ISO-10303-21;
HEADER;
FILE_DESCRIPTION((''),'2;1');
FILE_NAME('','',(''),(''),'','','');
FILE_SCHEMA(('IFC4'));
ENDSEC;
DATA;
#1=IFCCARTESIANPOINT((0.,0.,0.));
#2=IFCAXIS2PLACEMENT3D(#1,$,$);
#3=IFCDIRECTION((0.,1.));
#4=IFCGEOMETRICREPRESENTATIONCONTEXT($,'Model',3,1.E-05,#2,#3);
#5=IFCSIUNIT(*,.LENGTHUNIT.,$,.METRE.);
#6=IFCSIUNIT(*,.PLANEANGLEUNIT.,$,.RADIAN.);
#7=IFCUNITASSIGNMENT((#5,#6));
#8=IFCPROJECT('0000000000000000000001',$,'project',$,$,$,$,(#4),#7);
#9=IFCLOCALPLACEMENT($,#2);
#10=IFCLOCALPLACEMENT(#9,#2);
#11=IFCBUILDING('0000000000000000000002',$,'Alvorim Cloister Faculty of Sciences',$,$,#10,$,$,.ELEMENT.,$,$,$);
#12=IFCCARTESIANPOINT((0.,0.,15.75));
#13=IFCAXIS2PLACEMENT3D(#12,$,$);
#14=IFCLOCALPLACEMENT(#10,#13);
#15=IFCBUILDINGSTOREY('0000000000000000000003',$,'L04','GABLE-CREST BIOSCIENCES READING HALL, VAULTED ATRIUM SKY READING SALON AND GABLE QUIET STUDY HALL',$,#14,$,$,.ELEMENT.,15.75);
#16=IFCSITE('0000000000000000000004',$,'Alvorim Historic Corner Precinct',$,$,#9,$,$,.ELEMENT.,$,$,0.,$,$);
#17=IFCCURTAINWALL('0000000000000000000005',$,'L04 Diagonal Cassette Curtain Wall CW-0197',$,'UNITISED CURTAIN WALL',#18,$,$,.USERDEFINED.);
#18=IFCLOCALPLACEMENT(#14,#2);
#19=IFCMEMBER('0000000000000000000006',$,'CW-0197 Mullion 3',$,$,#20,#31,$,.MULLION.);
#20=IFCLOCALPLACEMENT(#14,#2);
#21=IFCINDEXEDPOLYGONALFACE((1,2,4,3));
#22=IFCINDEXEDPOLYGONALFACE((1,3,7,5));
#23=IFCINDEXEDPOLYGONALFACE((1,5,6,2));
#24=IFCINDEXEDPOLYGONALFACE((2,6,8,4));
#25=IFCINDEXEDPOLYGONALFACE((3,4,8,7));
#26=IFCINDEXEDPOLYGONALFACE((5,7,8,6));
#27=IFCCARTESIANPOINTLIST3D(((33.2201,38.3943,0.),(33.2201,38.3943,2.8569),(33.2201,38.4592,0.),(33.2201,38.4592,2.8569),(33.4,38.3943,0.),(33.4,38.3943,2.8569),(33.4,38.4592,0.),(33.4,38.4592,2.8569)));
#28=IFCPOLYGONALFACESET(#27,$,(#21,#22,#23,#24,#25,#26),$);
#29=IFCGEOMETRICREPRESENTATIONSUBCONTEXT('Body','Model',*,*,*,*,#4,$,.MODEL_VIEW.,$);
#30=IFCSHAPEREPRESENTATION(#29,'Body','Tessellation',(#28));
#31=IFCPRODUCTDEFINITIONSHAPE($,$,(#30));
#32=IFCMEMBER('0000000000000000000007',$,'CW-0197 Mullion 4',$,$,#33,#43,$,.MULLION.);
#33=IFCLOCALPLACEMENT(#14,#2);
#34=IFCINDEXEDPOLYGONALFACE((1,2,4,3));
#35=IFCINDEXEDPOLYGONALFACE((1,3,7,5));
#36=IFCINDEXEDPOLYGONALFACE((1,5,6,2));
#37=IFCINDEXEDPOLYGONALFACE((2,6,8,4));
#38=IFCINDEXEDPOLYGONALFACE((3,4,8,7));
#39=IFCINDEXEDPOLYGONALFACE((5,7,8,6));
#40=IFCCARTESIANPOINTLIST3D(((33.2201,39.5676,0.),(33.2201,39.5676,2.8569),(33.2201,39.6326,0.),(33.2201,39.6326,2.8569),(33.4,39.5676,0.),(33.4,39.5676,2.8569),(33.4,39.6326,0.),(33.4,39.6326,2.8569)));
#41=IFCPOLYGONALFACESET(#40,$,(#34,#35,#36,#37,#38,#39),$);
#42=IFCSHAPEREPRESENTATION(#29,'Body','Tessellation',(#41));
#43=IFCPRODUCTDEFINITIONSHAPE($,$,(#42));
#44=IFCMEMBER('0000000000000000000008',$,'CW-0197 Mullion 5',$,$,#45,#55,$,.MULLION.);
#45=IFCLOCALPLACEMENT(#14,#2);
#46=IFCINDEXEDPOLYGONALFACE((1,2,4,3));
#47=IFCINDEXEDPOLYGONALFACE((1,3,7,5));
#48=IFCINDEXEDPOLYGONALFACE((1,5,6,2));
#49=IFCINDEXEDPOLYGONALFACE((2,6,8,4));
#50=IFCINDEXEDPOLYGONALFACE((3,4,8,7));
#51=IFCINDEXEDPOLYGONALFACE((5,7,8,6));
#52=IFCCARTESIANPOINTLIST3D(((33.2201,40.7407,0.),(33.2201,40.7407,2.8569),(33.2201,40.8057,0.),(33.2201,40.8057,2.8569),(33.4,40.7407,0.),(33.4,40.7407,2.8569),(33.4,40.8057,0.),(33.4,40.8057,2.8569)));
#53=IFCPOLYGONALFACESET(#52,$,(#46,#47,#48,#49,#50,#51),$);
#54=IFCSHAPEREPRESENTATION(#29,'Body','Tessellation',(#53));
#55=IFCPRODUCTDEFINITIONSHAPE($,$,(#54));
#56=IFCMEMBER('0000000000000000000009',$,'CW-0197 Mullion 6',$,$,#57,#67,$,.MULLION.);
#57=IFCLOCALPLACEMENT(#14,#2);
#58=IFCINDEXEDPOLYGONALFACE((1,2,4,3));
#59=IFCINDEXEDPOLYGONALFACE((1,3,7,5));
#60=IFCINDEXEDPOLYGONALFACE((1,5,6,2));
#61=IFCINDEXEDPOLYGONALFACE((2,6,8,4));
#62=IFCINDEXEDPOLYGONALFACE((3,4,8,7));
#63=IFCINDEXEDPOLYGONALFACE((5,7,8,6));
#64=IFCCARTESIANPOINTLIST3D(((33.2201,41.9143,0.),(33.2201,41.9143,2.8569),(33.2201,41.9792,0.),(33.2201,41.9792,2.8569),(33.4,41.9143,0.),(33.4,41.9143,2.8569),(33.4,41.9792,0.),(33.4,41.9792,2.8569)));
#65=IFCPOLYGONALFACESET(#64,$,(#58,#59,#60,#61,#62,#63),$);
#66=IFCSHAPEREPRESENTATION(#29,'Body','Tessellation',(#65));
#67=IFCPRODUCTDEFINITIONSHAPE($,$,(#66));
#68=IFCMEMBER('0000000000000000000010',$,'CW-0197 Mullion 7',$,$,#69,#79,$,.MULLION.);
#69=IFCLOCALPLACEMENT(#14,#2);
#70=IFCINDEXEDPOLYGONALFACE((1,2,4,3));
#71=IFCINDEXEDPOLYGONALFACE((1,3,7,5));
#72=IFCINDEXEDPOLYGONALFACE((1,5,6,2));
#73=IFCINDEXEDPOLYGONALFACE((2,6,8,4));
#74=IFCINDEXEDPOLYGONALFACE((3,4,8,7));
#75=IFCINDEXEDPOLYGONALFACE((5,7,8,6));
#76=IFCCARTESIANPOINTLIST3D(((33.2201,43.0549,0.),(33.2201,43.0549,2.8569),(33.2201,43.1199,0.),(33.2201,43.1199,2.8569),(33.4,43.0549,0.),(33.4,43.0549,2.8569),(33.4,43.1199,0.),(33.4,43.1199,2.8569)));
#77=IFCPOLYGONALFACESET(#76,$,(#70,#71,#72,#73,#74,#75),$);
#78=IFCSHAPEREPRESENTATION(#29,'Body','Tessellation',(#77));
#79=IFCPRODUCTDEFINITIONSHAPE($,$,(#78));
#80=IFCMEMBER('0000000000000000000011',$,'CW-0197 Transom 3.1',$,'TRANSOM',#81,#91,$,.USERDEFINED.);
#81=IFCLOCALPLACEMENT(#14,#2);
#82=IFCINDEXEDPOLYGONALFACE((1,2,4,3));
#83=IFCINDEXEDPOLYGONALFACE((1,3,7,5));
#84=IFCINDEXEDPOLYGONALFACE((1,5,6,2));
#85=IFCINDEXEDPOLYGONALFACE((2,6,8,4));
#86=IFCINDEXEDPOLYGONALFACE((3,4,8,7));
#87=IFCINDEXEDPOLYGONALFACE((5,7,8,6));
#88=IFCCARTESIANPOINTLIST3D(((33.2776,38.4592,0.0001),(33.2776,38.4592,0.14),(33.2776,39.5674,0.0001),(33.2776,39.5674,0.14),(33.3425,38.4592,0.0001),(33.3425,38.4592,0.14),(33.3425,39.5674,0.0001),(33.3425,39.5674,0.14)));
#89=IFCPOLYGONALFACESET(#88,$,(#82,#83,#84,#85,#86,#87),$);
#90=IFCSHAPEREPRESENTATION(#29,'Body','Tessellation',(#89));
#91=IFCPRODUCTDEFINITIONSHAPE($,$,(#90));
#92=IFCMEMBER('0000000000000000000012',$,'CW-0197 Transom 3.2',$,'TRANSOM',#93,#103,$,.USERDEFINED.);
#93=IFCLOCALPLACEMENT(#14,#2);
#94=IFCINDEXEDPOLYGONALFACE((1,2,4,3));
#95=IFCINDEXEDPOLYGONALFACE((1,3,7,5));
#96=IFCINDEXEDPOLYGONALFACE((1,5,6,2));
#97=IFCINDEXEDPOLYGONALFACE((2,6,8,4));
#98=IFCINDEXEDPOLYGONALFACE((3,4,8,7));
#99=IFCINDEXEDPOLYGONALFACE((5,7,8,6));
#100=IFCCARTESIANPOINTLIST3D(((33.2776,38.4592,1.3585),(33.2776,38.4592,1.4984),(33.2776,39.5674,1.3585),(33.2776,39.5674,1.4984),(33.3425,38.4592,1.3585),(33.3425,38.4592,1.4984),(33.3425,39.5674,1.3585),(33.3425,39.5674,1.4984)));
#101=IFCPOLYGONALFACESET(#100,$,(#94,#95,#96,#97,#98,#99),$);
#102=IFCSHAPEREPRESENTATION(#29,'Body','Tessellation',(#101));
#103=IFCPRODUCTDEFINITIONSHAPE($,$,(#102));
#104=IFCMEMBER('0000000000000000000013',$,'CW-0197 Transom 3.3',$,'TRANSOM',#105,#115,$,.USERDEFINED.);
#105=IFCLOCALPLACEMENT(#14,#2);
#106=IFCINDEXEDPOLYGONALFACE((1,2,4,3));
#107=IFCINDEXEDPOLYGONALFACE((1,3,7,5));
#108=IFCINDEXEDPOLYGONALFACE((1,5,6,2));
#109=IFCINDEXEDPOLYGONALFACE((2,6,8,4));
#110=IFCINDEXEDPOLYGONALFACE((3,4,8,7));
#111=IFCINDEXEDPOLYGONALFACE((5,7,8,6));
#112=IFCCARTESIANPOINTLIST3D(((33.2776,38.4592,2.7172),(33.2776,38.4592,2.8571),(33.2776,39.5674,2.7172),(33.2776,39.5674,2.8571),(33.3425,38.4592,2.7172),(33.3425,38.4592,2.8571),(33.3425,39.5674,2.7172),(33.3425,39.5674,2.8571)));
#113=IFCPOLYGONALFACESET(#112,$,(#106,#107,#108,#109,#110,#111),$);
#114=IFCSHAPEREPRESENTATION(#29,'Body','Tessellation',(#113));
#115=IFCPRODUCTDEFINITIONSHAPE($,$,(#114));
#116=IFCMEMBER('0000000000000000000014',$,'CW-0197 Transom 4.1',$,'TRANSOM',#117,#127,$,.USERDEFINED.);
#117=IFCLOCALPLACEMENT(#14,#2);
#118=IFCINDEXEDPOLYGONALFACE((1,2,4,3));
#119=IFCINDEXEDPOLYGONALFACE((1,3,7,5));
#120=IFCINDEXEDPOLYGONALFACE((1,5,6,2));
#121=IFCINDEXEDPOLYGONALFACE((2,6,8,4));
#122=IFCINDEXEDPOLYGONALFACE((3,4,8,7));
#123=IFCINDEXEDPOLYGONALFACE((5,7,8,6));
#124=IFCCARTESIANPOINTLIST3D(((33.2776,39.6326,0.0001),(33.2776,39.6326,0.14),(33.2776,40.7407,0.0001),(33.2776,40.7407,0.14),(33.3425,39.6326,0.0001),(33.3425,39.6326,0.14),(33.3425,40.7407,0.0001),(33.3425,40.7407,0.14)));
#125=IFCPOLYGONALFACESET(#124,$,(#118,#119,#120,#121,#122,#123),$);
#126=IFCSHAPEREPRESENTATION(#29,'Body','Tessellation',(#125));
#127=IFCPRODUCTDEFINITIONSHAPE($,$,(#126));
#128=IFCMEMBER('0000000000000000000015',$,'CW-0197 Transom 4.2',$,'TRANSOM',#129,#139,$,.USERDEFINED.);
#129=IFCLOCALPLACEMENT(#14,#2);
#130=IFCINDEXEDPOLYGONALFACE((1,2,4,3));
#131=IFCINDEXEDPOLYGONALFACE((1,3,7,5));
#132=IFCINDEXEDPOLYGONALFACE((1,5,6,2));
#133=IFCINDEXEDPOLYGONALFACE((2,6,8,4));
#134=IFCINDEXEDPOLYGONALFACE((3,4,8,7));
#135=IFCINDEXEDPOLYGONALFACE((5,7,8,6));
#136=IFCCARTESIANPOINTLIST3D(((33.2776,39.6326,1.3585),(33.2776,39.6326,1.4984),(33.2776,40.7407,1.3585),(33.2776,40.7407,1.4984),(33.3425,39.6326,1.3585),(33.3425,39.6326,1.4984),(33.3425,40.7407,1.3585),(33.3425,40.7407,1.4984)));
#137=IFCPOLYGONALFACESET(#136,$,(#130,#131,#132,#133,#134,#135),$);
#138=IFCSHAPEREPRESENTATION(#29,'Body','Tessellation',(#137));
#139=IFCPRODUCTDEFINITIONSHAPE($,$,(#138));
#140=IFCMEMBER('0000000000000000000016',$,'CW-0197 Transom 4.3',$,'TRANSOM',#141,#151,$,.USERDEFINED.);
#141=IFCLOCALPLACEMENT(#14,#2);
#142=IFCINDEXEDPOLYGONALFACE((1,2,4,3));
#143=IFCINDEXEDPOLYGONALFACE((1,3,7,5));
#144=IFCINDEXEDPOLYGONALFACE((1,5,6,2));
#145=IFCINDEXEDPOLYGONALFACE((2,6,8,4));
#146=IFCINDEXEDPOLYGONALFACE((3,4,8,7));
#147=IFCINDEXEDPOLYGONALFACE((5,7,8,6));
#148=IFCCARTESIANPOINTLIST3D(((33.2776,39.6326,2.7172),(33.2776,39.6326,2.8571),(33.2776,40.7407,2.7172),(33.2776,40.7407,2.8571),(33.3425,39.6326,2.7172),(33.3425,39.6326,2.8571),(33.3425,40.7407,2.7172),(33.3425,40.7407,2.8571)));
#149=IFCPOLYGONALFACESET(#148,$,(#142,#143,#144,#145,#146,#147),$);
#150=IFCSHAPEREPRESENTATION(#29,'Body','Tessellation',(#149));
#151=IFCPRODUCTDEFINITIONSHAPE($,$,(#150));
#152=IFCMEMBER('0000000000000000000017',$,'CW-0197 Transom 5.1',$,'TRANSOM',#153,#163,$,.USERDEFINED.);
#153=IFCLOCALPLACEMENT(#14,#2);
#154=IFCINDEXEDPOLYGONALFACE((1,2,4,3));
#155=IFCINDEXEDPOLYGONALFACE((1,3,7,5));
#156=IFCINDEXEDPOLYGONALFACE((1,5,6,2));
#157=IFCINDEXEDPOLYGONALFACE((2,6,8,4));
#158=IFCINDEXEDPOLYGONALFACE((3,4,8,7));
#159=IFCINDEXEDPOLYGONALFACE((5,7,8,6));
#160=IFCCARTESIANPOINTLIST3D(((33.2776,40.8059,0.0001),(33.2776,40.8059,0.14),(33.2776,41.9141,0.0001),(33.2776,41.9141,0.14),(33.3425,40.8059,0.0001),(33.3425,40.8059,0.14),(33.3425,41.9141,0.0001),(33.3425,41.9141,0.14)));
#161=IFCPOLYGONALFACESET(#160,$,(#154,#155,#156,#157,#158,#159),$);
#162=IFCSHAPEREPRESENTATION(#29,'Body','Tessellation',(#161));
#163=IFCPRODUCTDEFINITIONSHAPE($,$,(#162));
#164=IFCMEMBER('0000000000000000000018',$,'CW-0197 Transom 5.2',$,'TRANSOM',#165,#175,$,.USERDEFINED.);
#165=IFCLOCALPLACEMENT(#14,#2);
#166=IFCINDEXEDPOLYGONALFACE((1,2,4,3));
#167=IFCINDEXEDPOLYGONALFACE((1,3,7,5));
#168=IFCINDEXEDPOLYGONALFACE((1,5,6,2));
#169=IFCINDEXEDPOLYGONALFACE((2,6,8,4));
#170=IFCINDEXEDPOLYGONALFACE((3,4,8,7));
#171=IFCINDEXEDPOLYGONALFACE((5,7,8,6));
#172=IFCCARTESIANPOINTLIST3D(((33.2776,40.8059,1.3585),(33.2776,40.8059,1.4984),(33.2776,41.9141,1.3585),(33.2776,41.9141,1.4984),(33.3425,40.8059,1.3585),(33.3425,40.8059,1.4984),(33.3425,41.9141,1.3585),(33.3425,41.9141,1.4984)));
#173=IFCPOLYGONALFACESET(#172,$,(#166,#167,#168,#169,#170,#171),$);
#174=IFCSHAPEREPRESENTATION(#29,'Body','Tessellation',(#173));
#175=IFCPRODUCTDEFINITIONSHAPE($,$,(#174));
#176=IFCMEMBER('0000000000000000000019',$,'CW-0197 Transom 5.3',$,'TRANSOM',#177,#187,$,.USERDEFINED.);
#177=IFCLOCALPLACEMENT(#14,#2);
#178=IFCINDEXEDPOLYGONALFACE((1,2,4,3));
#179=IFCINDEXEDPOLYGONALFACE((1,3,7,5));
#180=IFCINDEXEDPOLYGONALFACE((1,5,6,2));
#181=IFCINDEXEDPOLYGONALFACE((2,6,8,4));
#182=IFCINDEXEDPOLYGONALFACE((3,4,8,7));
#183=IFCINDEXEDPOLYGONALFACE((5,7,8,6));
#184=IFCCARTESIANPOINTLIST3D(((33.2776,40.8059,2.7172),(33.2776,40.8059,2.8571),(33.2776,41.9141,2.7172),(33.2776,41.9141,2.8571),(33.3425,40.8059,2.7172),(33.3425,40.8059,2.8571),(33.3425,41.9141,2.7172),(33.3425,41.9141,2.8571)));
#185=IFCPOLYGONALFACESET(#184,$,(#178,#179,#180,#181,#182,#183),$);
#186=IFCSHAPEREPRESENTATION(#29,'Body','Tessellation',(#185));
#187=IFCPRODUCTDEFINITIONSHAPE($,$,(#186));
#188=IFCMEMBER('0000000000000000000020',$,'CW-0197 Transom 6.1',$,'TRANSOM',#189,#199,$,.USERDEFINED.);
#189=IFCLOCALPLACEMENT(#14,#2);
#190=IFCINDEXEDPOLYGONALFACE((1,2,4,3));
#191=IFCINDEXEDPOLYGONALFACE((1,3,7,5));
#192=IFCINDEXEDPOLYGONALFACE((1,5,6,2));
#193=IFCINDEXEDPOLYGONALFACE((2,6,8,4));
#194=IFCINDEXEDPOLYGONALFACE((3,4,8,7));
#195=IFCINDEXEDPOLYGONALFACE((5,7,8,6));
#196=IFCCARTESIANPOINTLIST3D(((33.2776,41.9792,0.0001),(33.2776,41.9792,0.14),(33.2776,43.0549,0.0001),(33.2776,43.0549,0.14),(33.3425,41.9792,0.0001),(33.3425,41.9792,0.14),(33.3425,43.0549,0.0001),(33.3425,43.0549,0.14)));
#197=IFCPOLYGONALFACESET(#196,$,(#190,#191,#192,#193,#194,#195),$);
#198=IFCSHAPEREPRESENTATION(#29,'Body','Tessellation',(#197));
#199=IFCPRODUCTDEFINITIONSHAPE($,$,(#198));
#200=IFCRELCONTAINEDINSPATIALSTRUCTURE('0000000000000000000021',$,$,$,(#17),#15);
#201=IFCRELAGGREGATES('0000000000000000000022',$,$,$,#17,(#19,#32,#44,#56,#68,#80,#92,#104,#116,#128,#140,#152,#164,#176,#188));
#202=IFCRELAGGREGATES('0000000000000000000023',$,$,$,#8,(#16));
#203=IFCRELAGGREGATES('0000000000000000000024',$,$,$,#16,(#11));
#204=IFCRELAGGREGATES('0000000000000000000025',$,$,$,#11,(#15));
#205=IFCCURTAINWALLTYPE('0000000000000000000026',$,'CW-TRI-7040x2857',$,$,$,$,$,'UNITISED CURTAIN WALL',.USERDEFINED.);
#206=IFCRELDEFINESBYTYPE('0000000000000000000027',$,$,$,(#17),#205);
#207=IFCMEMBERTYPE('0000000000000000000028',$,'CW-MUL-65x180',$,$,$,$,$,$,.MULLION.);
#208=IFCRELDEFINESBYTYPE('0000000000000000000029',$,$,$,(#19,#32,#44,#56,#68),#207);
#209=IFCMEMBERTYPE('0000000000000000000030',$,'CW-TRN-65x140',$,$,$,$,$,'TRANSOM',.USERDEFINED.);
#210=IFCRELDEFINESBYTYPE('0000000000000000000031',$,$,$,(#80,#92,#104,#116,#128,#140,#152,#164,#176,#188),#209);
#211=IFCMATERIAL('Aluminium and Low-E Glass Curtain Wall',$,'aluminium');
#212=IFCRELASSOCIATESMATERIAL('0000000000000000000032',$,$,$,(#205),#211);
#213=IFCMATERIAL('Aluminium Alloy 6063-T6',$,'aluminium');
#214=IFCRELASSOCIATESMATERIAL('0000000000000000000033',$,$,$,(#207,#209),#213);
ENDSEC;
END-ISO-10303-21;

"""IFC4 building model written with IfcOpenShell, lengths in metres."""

from ifc_helpers import new_model, si_unit, direction, frame, origin, origin_2d, place, context, subcontext, project, spatial, rectangle, extrude, material, material_profile, profile_set, type_object, element, aggregate, save


model = new_model("IFC4")

# Units and contexts
model_context = context("Model", 3, precision=1e-05, world=origin(), true_north=direction((0.0, 1.0)))
body_context = subcontext(model_context, "Body", "Model", "MODEL_VIEW")
ifc_project = project(units=[si_unit("LENGTHUNIT", "METRE"), si_unit("PLANEANGLEUNIT", "RADIAN")], contexts=[model_context])

# Site, building, storey
site_placement = place(None, origin())
site = spatial("IfcSite", under=ifc_project, at=site_placement, Name="Alvorim Historic Corner Precinct", CompositionType="ELEMENT", RefElevation=0.0)
building_placement = place(site_placement, origin())
building = spatial("IfcBuilding", under=site, at=building_placement, Name="Alvorim Cloister Faculty of Sciences", CompositionType="ELEMENT")
storey_placement = place(building_placement, frame((0.0, 0.0, 15.75)))
storey = spatial("IfcBuildingStorey", under=building, at=storey_placement, Name="L04", Description="GABLE-CREST BIOSCIENCES READING HALL, VAULTED ATRIUM SKY READING SALON AND GABLE QUIET STUDY HALL", CompositionType="ELEMENT", Elevation=15.75)

# Curtain wall, members
ifc_material_1 = material(Name="Aluminium and Low-E Glass Curtain Wall", Category="aluminium")
curtain_wall_type = type_object("IfcCurtainWallType", Name="CW-TRI-7040x2857", ElementType="UNITISED CURTAIN WALL", PredefinedType="USERDEFINED", material=ifc_material_1)
curtain_wall_placement = place(storey_placement, origin())
curtain_wall = element("IfcCurtainWall", 1, at=curtain_wall_placement, inside=storey, type_object=curtain_wall_type, Name="L04 Diagonal Cassette Curtain Wall CW-0197", ObjectType="UNITISED CURTAIN WALL", PredefinedType="USERDEFINED")
ifc_material_2 = material(Name="Aluminium Alloy 6063-T6", Category="aluminium")
ifc_material_profile_1 = material_profile(ifc_material_2, rectangle(XDim=0.0649, YDim=0.1799, at=origin_2d()), Name="ALU-MUL-65x180")
ifc_profile_set_1 = profile_set([ifc_material_profile_1], Name="Aluminium Alloy 6063-T6")
member_type_1 = type_object("IfcMemberType", Name="CW-MUL-65x180", PredefinedType="MULLION", material=ifc_profile_set_1)
member_1_placement = place(storey_placement, frame((33.3101, 38.4268, 0.0), z_axis=(0.0, 0.0, 1.0), x_axis=(0.0, 1.0, 0.0)))
member_1 = element("IfcMember", 2, at=member_1_placement, type_object=member_type_1, Name="CW-0197 Mullion 3", PredefinedType="MULLION", context=body_context, shape_type="SweptSolid", body=[
    extrude(rectangle(XDim=0.0649, YDim=0.1799, at=origin_2d()), origin(), (0.0, 0.0, 1.0), 2.8569),
])
member_2_placement = place(storey_placement, frame((33.3101, 39.6001, 0.0), z_axis=(0.0, 0.0, 1.0), x_axis=(0.0, 1.0, 0.0)))
member_2 = element("IfcMember", 3, at=member_2_placement, type_object=member_type_1, Name="CW-0197 Mullion 4", PredefinedType="MULLION", context=body_context, shape_type="SweptSolid", body=[
    extrude(rectangle(XDim=0.0649, YDim=0.1799, at=origin_2d()), origin(), (0.0, 0.0, 1.0), 2.8569),
])
member_3_placement = place(storey_placement, frame((33.3101, 40.7732, 0.0), z_axis=(0.0, 0.0, 1.0), x_axis=(0.0, 1.0, 0.0)))
member_3 = element("IfcMember", 4, at=member_3_placement, type_object=member_type_1, Name="CW-0197 Mullion 5", PredefinedType="MULLION", context=body_context, shape_type="SweptSolid", body=[
    extrude(rectangle(XDim=0.0649, YDim=0.1799, at=origin_2d()), origin(), (0.0, 0.0, 1.0), 2.8569),
])
member_4_placement = place(storey_placement, frame((33.3101, 41.9468, 0.0), z_axis=(0.0, 0.0, 1.0), x_axis=(0.0, 1.0, 0.0)))
member_4 = element("IfcMember", 5, at=member_4_placement, type_object=member_type_1, Name="CW-0197 Mullion 6", PredefinedType="MULLION", context=body_context, shape_type="SweptSolid", body=[
    extrude(rectangle(XDim=0.0649, YDim=0.1799, at=origin_2d()), origin(), (0.0, 0.0, 1.0), 2.8569),
])
member_5_placement = place(storey_placement, frame((33.3101, 43.0874, 0.0), z_axis=(0.0, 0.0, 1.0), x_axis=(0.0, 1.0, 0.0)))
member_5 = element("IfcMember", 6, at=member_5_placement, type_object=member_type_1, Name="CW-0197 Mullion 7", PredefinedType="MULLION", context=body_context, shape_type="SweptSolid", body=[
    extrude(rectangle(XDim=0.0649, YDim=0.1799, at=origin_2d()), origin(), (0.0, 0.0, 1.0), 2.8569),
])
ifc_material_profile_2 = material_profile(ifc_material_2, rectangle(XDim=0.0649, YDim=0.1399, at=origin_2d()), Name="ALU-TRN-65x140")
ifc_profile_set_2 = profile_set([ifc_material_profile_2], Name="Aluminium Alloy 6063-T6")
member_type_2 = type_object("IfcMemberType", Name="CW-TRN-65x140", ElementType="TRANSOM", PredefinedType="USERDEFINED", material=ifc_profile_set_2)
member_6_placement = place(storey_placement, frame((33.3101, 38.4592, 0.0701), z_axis=(0.0, 1.0, 0.0), x_axis=(-1.0, 0.0, 0.0)))
member_6 = element("IfcMember", 7, at=member_6_placement, type_object=member_type_2, Name="CW-0197 Transom 3.1", ObjectType="TRANSOM", PredefinedType="USERDEFINED", context=body_context, shape_type="SweptSolid", body=[
    extrude(rectangle(XDim=0.0649, YDim=0.1399, at=origin_2d()), origin(), (0.0, 0.0, 1.0), 1.1082),
])
member_7_placement = place(storey_placement, frame((33.3101, 38.4592, 1.4285), z_axis=(0.0, 1.0, 0.0), x_axis=(-1.0, 0.0, 0.0)))
member_7 = element("IfcMember", 8, at=member_7_placement, type_object=member_type_2, Name="CW-0197 Transom 3.2", ObjectType="TRANSOM", PredefinedType="USERDEFINED", context=body_context, shape_type="SweptSolid", body=[
    extrude(rectangle(XDim=0.0649, YDim=0.1399, at=origin_2d()), origin(), (0.0, 0.0, 1.0), 1.1082),
])
member_8_placement = place(storey_placement, frame((33.3101, 38.4592, 2.7871), z_axis=(0.0, 1.0, 0.0), x_axis=(-1.0, 0.0, 0.0)))
member_8 = element("IfcMember", 9, at=member_8_placement, type_object=member_type_2, Name="CW-0197 Transom 3.3", ObjectType="TRANSOM", PredefinedType="USERDEFINED", context=body_context, shape_type="SweptSolid", body=[
    extrude(rectangle(XDim=0.0649, YDim=0.1399, at=origin_2d()), origin(), (0.0, 0.0, 1.0), 1.1082),
])
member_9_placement = place(storey_placement, frame((33.3101, 39.6326, 0.0701), z_axis=(0.0, 1.0, 0.0), x_axis=(-1.0, 0.0, 0.0)))
member_9 = element("IfcMember", 10, at=member_9_placement, type_object=member_type_2, Name="CW-0197 Transom 4.1", ObjectType="TRANSOM", PredefinedType="USERDEFINED", context=body_context, shape_type="SweptSolid", body=[
    extrude(rectangle(XDim=0.0649, YDim=0.1399, at=origin_2d()), origin(), (0.0, 0.0, 1.0), 1.1082),
])
member_10_placement = place(storey_placement, frame((33.3101, 39.6326, 1.4285), z_axis=(0.0, 1.0, 0.0), x_axis=(-1.0, 0.0, 0.0)))
member_10 = element("IfcMember", 11, at=member_10_placement, type_object=member_type_2, Name="CW-0197 Transom 4.2", ObjectType="TRANSOM", PredefinedType="USERDEFINED", context=body_context, shape_type="SweptSolid", body=[
    extrude(rectangle(XDim=0.0649, YDim=0.1399, at=origin_2d()), origin(), (0.0, 0.0, 1.0), 1.1082),
])
member_11_placement = place(storey_placement, frame((33.3101, 39.6326, 2.7871), z_axis=(0.0, 1.0, 0.0), x_axis=(-1.0, 0.0, 0.0)))
member_11 = element("IfcMember", 12, at=member_11_placement, type_object=member_type_2, Name="CW-0197 Transom 4.3", ObjectType="TRANSOM", PredefinedType="USERDEFINED", context=body_context, shape_type="SweptSolid", body=[
    extrude(rectangle(XDim=0.0649, YDim=0.1399, at=origin_2d()), origin(), (0.0, 0.0, 1.0), 1.1082),
])
member_12_placement = place(storey_placement, frame((33.3101, 40.8059, 0.0701), z_axis=(0.0, 1.0, 0.0), x_axis=(-1.0, 0.0, 0.0)))
member_12 = element("IfcMember", 13, at=member_12_placement, type_object=member_type_2, Name="CW-0197 Transom 5.1", ObjectType="TRANSOM", PredefinedType="USERDEFINED", context=body_context, shape_type="SweptSolid", body=[
    extrude(rectangle(XDim=0.0649, YDim=0.1399, at=origin_2d()), origin(), (0.0, 0.0, 1.0), 1.1082),
])
member_13_placement = place(storey_placement, frame((33.3101, 40.8059, 1.4285), z_axis=(0.0, 1.0, 0.0), x_axis=(-1.0, 0.0, 0.0)))
member_13 = element("IfcMember", 14, at=member_13_placement, type_object=member_type_2, Name="CW-0197 Transom 5.2", ObjectType="TRANSOM", PredefinedType="USERDEFINED", context=body_context, shape_type="SweptSolid", body=[
    extrude(rectangle(XDim=0.0649, YDim=0.1399, at=origin_2d()), origin(), (0.0, 0.0, 1.0), 1.1082),
])
member_14_placement = place(storey_placement, frame((33.3101, 40.8059, 2.7871), z_axis=(0.0, 1.0, 0.0), x_axis=(-1.0, 0.0, 0.0)))
member_14 = element("IfcMember", 15, at=member_14_placement, type_object=member_type_2, Name="CW-0197 Transom 5.3", ObjectType="TRANSOM", PredefinedType="USERDEFINED", context=body_context, shape_type="SweptSolid", body=[
    extrude(rectangle(XDim=0.0649, YDim=0.1399, at=origin_2d()), origin(), (0.0, 0.0, 1.0), 1.1082),
])
member_15_placement = place(storey_placement, frame((33.3101, 41.9792, 0.0701), z_axis=(0.0, 1.0, 0.0), x_axis=(-1.0, 0.0, 0.0)))
member_15 = element("IfcMember", 16, at=member_15_placement, type_object=member_type_2, Name="CW-0197 Transom 6.1", ObjectType="TRANSOM", PredefinedType="USERDEFINED", context=body_context, shape_type="SweptSolid", body=[
    extrude(rectangle(XDim=0.0649, YDim=0.1399, at=origin_2d()), origin(), (0.0, 0.0, 1.0), 1.0757),
])
aggregate(curtain_wall, [member_1, member_2, member_3, member_4, member_5, member_6, member_7, member_8, member_9, member_10, member_11, member_12, member_13, member_14, member_15])

save(model, "model.ifc")
